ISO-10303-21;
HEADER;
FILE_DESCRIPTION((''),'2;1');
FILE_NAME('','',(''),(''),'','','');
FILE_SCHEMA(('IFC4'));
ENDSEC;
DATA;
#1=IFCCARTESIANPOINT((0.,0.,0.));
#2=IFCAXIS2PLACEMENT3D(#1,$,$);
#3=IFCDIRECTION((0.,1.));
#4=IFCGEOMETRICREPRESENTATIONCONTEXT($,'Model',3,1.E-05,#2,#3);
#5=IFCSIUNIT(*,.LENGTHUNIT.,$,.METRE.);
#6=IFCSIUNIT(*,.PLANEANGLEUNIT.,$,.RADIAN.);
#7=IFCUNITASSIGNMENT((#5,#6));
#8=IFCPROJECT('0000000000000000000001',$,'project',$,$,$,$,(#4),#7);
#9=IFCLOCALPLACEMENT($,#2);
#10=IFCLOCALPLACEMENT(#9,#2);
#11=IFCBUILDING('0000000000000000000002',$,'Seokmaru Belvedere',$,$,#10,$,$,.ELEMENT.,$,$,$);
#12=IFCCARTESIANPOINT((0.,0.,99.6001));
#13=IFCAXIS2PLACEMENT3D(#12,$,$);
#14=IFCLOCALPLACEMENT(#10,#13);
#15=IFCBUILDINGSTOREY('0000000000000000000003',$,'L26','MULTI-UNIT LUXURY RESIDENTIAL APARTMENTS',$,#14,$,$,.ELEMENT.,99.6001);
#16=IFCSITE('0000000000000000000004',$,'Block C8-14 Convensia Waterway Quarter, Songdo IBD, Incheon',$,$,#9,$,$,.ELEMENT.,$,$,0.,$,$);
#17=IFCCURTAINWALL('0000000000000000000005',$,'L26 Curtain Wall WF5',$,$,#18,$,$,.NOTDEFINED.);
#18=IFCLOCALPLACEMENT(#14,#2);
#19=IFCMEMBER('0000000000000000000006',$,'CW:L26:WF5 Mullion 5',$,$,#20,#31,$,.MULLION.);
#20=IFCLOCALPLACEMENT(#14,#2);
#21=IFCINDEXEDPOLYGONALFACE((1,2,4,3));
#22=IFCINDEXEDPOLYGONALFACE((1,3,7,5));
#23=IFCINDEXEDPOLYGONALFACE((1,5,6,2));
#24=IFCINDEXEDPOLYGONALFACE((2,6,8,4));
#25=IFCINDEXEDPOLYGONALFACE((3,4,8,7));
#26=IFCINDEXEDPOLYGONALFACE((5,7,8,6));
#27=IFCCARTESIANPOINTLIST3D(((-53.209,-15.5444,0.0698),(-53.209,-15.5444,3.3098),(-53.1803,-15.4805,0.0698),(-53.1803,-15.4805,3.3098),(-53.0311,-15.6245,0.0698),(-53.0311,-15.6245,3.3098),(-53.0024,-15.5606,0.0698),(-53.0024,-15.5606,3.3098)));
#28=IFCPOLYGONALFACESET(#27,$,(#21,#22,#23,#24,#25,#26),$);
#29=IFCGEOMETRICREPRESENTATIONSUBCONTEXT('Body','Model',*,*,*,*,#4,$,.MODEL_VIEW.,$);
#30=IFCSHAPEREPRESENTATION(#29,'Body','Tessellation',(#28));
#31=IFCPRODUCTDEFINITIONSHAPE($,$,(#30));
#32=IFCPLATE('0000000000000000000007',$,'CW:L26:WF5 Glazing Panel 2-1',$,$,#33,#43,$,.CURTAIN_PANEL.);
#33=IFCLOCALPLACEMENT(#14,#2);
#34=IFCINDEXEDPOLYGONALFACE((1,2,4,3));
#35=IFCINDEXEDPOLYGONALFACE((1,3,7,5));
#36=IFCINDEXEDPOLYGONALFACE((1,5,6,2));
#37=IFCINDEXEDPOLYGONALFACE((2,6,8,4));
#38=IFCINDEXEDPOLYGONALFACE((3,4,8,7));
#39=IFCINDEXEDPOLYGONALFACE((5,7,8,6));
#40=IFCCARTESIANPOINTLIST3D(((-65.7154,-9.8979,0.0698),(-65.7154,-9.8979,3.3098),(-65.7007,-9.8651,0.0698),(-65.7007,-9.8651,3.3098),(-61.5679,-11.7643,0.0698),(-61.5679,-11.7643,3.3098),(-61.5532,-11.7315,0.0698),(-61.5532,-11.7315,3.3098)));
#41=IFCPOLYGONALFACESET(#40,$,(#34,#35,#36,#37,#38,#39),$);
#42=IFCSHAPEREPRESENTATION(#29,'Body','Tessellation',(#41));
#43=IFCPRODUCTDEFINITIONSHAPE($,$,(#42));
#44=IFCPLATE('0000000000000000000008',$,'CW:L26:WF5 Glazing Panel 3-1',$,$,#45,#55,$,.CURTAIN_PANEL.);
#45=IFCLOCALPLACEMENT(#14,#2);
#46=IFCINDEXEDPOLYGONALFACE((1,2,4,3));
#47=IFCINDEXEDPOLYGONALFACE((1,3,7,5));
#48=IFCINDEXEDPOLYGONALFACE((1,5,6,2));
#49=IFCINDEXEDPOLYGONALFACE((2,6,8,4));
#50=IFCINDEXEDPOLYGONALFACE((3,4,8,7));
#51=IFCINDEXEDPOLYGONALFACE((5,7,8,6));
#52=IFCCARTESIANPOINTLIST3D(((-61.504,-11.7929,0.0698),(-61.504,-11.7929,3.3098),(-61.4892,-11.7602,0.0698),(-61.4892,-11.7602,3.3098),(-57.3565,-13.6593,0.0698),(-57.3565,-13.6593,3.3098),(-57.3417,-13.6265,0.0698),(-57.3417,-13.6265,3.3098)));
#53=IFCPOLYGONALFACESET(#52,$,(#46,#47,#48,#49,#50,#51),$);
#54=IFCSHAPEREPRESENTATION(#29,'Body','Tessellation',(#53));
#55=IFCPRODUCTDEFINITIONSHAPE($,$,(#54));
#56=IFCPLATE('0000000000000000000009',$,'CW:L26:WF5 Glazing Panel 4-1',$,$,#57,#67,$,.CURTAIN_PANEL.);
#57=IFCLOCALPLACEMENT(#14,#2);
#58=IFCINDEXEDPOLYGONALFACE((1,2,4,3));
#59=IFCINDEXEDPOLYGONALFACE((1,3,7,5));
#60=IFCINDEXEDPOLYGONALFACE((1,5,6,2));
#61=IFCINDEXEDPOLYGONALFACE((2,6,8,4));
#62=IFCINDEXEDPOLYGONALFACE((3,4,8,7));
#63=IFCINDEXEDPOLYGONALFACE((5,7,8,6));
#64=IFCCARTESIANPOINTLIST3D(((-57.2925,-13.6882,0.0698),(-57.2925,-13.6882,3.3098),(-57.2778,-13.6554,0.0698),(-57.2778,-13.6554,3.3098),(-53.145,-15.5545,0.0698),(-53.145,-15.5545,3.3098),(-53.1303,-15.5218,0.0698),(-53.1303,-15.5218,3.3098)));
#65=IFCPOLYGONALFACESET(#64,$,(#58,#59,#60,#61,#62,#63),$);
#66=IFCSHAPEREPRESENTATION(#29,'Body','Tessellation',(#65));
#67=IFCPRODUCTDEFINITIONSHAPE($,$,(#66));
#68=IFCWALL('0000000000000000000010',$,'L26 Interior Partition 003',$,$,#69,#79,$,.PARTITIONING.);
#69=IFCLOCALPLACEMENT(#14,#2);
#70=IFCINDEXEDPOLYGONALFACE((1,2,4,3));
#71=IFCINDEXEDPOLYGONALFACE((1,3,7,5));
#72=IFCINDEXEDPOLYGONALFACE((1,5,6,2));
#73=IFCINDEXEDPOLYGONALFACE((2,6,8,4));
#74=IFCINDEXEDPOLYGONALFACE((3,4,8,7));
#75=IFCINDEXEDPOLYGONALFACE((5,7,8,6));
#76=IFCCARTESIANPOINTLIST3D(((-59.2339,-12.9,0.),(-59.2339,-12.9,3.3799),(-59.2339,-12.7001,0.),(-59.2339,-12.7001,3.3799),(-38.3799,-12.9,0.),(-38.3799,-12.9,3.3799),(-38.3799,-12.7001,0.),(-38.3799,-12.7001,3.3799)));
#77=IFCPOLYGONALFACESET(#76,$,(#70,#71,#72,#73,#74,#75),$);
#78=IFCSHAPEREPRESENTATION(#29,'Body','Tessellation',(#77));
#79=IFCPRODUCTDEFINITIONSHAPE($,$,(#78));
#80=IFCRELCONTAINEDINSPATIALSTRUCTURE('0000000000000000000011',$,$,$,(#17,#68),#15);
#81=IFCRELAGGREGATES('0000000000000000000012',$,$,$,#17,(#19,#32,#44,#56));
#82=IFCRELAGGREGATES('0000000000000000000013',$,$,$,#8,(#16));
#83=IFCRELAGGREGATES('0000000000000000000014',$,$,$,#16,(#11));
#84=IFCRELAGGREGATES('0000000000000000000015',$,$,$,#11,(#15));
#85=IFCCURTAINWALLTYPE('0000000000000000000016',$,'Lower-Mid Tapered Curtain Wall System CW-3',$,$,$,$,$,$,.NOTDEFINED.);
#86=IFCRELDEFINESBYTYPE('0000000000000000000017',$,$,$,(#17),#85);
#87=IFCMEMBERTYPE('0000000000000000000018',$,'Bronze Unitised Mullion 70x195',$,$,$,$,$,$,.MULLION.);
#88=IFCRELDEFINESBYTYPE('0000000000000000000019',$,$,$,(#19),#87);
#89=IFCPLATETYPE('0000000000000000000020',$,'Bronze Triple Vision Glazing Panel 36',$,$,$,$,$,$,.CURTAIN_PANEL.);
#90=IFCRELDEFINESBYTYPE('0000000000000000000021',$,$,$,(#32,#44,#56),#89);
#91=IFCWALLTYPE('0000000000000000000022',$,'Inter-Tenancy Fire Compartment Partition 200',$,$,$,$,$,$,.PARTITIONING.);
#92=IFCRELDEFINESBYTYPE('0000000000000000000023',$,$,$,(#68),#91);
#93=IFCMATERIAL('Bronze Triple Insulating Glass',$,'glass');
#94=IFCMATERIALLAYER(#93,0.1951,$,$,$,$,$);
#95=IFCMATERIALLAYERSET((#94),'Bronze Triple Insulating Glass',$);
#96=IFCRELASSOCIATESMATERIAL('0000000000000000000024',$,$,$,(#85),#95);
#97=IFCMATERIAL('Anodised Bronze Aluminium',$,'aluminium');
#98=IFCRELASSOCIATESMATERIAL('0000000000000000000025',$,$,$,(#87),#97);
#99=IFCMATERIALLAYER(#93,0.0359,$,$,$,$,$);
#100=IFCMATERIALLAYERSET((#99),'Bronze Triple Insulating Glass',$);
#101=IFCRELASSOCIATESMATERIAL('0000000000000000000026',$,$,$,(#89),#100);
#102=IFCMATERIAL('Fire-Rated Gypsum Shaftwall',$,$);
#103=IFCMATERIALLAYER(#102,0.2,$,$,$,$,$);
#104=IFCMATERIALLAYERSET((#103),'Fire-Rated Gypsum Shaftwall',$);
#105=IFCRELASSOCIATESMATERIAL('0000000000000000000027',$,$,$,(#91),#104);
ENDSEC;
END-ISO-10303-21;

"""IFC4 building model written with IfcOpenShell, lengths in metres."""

from ifc_helpers import new_model, si_unit, direction, frame, frame_2d, origin, origin_2d, place, context, subcontext, project, spatial, rectangle, extrude, source, transform, mapped, material, layer, layer_set, material_profile, profile_set, type_object, type_shapes, element, aggregate, save


model = new_model("IFC4")

# Units and contexts
model_context = context("Model", 3, precision=1e-05, world=origin(), true_north=direction((0.0, 1.0)))
body_context = subcontext(model_context, "Body", "Model", "MODEL_VIEW")
ifc_project = project(units=[si_unit("LENGTHUNIT", "METRE"), si_unit("PLANEANGLEUNIT", "RADIAN")], contexts=[model_context])

# Site, building, storey
site_placement = place(None, origin())
site = spatial("IfcSite", under=ifc_project, at=site_placement, Name="Block C8-14 Convensia Waterway Quarter, Songdo IBD, Incheon", CompositionType="ELEMENT", RefElevation=0.0)
building_placement = place(site_placement, origin())
building = spatial("IfcBuilding", under=site, at=building_placement, Name="Seokmaru Belvedere", CompositionType="ELEMENT")
storey_placement = place(building_placement, frame((0.0, 0.0, 99.6001)))
storey = spatial("IfcBuildingStorey", under=building, at=storey_placement, Name="L26", Description="MULTI-UNIT LUXURY RESIDENTIAL APARTMENTS", CompositionType="ELEMENT", Elevation=99.6001)

# Curtain wall, member, plates
ifc_material_1 = material(Name="Bronze Triple Insulating Glass", Category="glass")
ifc_layer_1 = layer(ifc_material_1, 0.1951)
ifc_layer_set_1 = layer_set([ifc_layer_1], Name="Bronze Triple Insulating Glass")
curtain_wall_type = type_object("IfcCurtainWallType", Name="Lower-Mid Tapered Curtain Wall System CW-3", PredefinedType="NOTDEFINED", material=ifc_layer_set_1)
curtain_wall_placement = place(storey_placement, origin())
curtain_wall = element("IfcCurtainWall", 1, at=curtain_wall_placement, inside=storey, type_object=curtain_wall_type, Name="L26 Curtain Wall WF5", PredefinedType="NOTDEFINED")
ifc_material_2 = material(Name="Anodised Bronze Aluminium", Category="aluminium")
ifc_material_profile_1 = material_profile(ifc_material_2, rectangle(XDim=0.0701, YDim=0.1951, at=origin_2d()), Name="CW-M-70x195")
ifc_profile_set_1 = profile_set([ifc_material_profile_1], Name="Anodised Bronze Aluminium")
member_type = type_object("IfcMemberType", Name="Bronze Unitised Mullion 70x195", PredefinedType="MULLION", material=ifc_profile_set_1)
shared_shape_1 = source(origin(), body_context, "Body", "SweptSolid", [
    extrude(rectangle(XDim=0.0701, YDim=0.1951, at=origin_2d()), origin(), (0.0, 0.0, 1.0), 3.24),
])
type_shapes(member_type, [shared_shape_1])
member_1_placement = place(storey_placement, frame((-53.1057, -15.5525, 0.0698), z_axis=(0.0, 0.0, 1.0), x_axis=(0.410366, 0.911921, 0.0)))
member_1 = element("IfcMember", 2, at=member_1_placement, type_object=member_type, Name="CW:L26:WF5 Mullion 5", PredefinedType="MULLION", context=body_context, shape_type="MappedRepresentation", body=[
    mapped(shared_shape_1, transform((0.0, 0.0, 0.0), scale=1.0)),
])
ifc_layer_2 = layer(ifc_material_1, 0.0359)
ifc_layer_set_2 = layer_set([ifc_layer_2], Name="Bronze Triple Insulating Glass")
plate_type = type_object("IfcPlateType", Name="Bronze Triple Vision Glazing Panel 36", PredefinedType="CURTAIN_PANEL", material=ifc_layer_set_2)
shared_shape_2 = source(origin(), body_context, "Body", "SweptSolid", [
    extrude(rectangle(XDim=4.5481, YDim=0.0359, at=origin_2d()), origin(), (0.0, 0.0, 1.0), 3.24),
])
type_shapes(plate_type, [shared_shape_2])
plate_1_placement = place(storey_placement, frame((-63.6343, -10.8147, 0.0698), z_axis=(0.0, 0.0, 1.0), x_axis=(0.911921, -0.410366, 0.0)))
plate_1 = element("IfcPlate", 3, at=plate_1_placement, type_object=plate_type, Name="CW:L26:WF5 Glazing Panel 2-1", PredefinedType="CURTAIN_PANEL", context=body_context, shape_type="MappedRepresentation", body=[
    mapped(shared_shape_2, transform((0.0, 0.0, 0.0), scale=1.0)),
])
plate_2_placement = place(storey_placement, frame((-59.4229, -12.7097, 0.0698), z_axis=(0.0, 0.0, 1.0), x_axis=(0.911921, -0.410366, 0.0)))
plate_2 = element("IfcPlate", 4, at=plate_2_placement, type_object=plate_type, Name="CW:L26:WF5 Glazing Panel 3-1", PredefinedType="CURTAIN_PANEL", context=body_context, shape_type="MappedRepresentation", body=[
    mapped(shared_shape_2, transform((0.0, 0.0, 0.0), scale=1.0)),
])
plate_3_placement = place(storey_placement, frame((-55.2114, -14.605, 0.0698), z_axis=(0.0, 0.0, 1.0), x_axis=(0.911921, -0.410366, 0.0)))
plate_3 = element("IfcPlate", 5, at=plate_3_placement, type_object=plate_type, Name="CW:L26:WF5 Glazing Panel 4-1", PredefinedType="CURTAIN_PANEL", context=body_context, shape_type="MappedRepresentation", body=[
    mapped(shared_shape_2, transform((0.0, 0.0, 0.0), scale=1.0)),
])
aggregate(curtain_wall, [member_1, plate_1, plate_2, plate_3])

# Shared definitions
ifc_material_3 = material(Name="Fire-Rated Gypsum Shaftwall")

# Wall
ifc_layer_3 = layer(ifc_material_3, 0.2)
ifc_layer_set_3 = layer_set([ifc_layer_3], Name="Fire-Rated Gypsum Shaftwall")
wall_type_1 = type_object("IfcWallType", Name="Inter-Tenancy Fire Compartment Partition 200", PredefinedType="PARTITIONING", material=ifc_layer_set_3)
wall_1_placement = place(storey_placement, frame((-59.2339, -12.8, 0.0), z_axis=(0.0, 0.0, 1.0), x_axis=(1.0, 0.0, 0.0)))
element("IfcWall", 6, at=wall_1_placement, inside=storey, type_object=wall_type_1, Name="L26 Interior Partition 003", PredefinedType="PARTITIONING", context=body_context, shape_type="SweptSolid", body=[
    extrude(rectangle(XDim=20.854, YDim=0.2, at=frame_2d((10.427, 0.0))), origin(), (0.0, 0.0, 1.0), 3.3799),
])

save(model, "model.ifc")
